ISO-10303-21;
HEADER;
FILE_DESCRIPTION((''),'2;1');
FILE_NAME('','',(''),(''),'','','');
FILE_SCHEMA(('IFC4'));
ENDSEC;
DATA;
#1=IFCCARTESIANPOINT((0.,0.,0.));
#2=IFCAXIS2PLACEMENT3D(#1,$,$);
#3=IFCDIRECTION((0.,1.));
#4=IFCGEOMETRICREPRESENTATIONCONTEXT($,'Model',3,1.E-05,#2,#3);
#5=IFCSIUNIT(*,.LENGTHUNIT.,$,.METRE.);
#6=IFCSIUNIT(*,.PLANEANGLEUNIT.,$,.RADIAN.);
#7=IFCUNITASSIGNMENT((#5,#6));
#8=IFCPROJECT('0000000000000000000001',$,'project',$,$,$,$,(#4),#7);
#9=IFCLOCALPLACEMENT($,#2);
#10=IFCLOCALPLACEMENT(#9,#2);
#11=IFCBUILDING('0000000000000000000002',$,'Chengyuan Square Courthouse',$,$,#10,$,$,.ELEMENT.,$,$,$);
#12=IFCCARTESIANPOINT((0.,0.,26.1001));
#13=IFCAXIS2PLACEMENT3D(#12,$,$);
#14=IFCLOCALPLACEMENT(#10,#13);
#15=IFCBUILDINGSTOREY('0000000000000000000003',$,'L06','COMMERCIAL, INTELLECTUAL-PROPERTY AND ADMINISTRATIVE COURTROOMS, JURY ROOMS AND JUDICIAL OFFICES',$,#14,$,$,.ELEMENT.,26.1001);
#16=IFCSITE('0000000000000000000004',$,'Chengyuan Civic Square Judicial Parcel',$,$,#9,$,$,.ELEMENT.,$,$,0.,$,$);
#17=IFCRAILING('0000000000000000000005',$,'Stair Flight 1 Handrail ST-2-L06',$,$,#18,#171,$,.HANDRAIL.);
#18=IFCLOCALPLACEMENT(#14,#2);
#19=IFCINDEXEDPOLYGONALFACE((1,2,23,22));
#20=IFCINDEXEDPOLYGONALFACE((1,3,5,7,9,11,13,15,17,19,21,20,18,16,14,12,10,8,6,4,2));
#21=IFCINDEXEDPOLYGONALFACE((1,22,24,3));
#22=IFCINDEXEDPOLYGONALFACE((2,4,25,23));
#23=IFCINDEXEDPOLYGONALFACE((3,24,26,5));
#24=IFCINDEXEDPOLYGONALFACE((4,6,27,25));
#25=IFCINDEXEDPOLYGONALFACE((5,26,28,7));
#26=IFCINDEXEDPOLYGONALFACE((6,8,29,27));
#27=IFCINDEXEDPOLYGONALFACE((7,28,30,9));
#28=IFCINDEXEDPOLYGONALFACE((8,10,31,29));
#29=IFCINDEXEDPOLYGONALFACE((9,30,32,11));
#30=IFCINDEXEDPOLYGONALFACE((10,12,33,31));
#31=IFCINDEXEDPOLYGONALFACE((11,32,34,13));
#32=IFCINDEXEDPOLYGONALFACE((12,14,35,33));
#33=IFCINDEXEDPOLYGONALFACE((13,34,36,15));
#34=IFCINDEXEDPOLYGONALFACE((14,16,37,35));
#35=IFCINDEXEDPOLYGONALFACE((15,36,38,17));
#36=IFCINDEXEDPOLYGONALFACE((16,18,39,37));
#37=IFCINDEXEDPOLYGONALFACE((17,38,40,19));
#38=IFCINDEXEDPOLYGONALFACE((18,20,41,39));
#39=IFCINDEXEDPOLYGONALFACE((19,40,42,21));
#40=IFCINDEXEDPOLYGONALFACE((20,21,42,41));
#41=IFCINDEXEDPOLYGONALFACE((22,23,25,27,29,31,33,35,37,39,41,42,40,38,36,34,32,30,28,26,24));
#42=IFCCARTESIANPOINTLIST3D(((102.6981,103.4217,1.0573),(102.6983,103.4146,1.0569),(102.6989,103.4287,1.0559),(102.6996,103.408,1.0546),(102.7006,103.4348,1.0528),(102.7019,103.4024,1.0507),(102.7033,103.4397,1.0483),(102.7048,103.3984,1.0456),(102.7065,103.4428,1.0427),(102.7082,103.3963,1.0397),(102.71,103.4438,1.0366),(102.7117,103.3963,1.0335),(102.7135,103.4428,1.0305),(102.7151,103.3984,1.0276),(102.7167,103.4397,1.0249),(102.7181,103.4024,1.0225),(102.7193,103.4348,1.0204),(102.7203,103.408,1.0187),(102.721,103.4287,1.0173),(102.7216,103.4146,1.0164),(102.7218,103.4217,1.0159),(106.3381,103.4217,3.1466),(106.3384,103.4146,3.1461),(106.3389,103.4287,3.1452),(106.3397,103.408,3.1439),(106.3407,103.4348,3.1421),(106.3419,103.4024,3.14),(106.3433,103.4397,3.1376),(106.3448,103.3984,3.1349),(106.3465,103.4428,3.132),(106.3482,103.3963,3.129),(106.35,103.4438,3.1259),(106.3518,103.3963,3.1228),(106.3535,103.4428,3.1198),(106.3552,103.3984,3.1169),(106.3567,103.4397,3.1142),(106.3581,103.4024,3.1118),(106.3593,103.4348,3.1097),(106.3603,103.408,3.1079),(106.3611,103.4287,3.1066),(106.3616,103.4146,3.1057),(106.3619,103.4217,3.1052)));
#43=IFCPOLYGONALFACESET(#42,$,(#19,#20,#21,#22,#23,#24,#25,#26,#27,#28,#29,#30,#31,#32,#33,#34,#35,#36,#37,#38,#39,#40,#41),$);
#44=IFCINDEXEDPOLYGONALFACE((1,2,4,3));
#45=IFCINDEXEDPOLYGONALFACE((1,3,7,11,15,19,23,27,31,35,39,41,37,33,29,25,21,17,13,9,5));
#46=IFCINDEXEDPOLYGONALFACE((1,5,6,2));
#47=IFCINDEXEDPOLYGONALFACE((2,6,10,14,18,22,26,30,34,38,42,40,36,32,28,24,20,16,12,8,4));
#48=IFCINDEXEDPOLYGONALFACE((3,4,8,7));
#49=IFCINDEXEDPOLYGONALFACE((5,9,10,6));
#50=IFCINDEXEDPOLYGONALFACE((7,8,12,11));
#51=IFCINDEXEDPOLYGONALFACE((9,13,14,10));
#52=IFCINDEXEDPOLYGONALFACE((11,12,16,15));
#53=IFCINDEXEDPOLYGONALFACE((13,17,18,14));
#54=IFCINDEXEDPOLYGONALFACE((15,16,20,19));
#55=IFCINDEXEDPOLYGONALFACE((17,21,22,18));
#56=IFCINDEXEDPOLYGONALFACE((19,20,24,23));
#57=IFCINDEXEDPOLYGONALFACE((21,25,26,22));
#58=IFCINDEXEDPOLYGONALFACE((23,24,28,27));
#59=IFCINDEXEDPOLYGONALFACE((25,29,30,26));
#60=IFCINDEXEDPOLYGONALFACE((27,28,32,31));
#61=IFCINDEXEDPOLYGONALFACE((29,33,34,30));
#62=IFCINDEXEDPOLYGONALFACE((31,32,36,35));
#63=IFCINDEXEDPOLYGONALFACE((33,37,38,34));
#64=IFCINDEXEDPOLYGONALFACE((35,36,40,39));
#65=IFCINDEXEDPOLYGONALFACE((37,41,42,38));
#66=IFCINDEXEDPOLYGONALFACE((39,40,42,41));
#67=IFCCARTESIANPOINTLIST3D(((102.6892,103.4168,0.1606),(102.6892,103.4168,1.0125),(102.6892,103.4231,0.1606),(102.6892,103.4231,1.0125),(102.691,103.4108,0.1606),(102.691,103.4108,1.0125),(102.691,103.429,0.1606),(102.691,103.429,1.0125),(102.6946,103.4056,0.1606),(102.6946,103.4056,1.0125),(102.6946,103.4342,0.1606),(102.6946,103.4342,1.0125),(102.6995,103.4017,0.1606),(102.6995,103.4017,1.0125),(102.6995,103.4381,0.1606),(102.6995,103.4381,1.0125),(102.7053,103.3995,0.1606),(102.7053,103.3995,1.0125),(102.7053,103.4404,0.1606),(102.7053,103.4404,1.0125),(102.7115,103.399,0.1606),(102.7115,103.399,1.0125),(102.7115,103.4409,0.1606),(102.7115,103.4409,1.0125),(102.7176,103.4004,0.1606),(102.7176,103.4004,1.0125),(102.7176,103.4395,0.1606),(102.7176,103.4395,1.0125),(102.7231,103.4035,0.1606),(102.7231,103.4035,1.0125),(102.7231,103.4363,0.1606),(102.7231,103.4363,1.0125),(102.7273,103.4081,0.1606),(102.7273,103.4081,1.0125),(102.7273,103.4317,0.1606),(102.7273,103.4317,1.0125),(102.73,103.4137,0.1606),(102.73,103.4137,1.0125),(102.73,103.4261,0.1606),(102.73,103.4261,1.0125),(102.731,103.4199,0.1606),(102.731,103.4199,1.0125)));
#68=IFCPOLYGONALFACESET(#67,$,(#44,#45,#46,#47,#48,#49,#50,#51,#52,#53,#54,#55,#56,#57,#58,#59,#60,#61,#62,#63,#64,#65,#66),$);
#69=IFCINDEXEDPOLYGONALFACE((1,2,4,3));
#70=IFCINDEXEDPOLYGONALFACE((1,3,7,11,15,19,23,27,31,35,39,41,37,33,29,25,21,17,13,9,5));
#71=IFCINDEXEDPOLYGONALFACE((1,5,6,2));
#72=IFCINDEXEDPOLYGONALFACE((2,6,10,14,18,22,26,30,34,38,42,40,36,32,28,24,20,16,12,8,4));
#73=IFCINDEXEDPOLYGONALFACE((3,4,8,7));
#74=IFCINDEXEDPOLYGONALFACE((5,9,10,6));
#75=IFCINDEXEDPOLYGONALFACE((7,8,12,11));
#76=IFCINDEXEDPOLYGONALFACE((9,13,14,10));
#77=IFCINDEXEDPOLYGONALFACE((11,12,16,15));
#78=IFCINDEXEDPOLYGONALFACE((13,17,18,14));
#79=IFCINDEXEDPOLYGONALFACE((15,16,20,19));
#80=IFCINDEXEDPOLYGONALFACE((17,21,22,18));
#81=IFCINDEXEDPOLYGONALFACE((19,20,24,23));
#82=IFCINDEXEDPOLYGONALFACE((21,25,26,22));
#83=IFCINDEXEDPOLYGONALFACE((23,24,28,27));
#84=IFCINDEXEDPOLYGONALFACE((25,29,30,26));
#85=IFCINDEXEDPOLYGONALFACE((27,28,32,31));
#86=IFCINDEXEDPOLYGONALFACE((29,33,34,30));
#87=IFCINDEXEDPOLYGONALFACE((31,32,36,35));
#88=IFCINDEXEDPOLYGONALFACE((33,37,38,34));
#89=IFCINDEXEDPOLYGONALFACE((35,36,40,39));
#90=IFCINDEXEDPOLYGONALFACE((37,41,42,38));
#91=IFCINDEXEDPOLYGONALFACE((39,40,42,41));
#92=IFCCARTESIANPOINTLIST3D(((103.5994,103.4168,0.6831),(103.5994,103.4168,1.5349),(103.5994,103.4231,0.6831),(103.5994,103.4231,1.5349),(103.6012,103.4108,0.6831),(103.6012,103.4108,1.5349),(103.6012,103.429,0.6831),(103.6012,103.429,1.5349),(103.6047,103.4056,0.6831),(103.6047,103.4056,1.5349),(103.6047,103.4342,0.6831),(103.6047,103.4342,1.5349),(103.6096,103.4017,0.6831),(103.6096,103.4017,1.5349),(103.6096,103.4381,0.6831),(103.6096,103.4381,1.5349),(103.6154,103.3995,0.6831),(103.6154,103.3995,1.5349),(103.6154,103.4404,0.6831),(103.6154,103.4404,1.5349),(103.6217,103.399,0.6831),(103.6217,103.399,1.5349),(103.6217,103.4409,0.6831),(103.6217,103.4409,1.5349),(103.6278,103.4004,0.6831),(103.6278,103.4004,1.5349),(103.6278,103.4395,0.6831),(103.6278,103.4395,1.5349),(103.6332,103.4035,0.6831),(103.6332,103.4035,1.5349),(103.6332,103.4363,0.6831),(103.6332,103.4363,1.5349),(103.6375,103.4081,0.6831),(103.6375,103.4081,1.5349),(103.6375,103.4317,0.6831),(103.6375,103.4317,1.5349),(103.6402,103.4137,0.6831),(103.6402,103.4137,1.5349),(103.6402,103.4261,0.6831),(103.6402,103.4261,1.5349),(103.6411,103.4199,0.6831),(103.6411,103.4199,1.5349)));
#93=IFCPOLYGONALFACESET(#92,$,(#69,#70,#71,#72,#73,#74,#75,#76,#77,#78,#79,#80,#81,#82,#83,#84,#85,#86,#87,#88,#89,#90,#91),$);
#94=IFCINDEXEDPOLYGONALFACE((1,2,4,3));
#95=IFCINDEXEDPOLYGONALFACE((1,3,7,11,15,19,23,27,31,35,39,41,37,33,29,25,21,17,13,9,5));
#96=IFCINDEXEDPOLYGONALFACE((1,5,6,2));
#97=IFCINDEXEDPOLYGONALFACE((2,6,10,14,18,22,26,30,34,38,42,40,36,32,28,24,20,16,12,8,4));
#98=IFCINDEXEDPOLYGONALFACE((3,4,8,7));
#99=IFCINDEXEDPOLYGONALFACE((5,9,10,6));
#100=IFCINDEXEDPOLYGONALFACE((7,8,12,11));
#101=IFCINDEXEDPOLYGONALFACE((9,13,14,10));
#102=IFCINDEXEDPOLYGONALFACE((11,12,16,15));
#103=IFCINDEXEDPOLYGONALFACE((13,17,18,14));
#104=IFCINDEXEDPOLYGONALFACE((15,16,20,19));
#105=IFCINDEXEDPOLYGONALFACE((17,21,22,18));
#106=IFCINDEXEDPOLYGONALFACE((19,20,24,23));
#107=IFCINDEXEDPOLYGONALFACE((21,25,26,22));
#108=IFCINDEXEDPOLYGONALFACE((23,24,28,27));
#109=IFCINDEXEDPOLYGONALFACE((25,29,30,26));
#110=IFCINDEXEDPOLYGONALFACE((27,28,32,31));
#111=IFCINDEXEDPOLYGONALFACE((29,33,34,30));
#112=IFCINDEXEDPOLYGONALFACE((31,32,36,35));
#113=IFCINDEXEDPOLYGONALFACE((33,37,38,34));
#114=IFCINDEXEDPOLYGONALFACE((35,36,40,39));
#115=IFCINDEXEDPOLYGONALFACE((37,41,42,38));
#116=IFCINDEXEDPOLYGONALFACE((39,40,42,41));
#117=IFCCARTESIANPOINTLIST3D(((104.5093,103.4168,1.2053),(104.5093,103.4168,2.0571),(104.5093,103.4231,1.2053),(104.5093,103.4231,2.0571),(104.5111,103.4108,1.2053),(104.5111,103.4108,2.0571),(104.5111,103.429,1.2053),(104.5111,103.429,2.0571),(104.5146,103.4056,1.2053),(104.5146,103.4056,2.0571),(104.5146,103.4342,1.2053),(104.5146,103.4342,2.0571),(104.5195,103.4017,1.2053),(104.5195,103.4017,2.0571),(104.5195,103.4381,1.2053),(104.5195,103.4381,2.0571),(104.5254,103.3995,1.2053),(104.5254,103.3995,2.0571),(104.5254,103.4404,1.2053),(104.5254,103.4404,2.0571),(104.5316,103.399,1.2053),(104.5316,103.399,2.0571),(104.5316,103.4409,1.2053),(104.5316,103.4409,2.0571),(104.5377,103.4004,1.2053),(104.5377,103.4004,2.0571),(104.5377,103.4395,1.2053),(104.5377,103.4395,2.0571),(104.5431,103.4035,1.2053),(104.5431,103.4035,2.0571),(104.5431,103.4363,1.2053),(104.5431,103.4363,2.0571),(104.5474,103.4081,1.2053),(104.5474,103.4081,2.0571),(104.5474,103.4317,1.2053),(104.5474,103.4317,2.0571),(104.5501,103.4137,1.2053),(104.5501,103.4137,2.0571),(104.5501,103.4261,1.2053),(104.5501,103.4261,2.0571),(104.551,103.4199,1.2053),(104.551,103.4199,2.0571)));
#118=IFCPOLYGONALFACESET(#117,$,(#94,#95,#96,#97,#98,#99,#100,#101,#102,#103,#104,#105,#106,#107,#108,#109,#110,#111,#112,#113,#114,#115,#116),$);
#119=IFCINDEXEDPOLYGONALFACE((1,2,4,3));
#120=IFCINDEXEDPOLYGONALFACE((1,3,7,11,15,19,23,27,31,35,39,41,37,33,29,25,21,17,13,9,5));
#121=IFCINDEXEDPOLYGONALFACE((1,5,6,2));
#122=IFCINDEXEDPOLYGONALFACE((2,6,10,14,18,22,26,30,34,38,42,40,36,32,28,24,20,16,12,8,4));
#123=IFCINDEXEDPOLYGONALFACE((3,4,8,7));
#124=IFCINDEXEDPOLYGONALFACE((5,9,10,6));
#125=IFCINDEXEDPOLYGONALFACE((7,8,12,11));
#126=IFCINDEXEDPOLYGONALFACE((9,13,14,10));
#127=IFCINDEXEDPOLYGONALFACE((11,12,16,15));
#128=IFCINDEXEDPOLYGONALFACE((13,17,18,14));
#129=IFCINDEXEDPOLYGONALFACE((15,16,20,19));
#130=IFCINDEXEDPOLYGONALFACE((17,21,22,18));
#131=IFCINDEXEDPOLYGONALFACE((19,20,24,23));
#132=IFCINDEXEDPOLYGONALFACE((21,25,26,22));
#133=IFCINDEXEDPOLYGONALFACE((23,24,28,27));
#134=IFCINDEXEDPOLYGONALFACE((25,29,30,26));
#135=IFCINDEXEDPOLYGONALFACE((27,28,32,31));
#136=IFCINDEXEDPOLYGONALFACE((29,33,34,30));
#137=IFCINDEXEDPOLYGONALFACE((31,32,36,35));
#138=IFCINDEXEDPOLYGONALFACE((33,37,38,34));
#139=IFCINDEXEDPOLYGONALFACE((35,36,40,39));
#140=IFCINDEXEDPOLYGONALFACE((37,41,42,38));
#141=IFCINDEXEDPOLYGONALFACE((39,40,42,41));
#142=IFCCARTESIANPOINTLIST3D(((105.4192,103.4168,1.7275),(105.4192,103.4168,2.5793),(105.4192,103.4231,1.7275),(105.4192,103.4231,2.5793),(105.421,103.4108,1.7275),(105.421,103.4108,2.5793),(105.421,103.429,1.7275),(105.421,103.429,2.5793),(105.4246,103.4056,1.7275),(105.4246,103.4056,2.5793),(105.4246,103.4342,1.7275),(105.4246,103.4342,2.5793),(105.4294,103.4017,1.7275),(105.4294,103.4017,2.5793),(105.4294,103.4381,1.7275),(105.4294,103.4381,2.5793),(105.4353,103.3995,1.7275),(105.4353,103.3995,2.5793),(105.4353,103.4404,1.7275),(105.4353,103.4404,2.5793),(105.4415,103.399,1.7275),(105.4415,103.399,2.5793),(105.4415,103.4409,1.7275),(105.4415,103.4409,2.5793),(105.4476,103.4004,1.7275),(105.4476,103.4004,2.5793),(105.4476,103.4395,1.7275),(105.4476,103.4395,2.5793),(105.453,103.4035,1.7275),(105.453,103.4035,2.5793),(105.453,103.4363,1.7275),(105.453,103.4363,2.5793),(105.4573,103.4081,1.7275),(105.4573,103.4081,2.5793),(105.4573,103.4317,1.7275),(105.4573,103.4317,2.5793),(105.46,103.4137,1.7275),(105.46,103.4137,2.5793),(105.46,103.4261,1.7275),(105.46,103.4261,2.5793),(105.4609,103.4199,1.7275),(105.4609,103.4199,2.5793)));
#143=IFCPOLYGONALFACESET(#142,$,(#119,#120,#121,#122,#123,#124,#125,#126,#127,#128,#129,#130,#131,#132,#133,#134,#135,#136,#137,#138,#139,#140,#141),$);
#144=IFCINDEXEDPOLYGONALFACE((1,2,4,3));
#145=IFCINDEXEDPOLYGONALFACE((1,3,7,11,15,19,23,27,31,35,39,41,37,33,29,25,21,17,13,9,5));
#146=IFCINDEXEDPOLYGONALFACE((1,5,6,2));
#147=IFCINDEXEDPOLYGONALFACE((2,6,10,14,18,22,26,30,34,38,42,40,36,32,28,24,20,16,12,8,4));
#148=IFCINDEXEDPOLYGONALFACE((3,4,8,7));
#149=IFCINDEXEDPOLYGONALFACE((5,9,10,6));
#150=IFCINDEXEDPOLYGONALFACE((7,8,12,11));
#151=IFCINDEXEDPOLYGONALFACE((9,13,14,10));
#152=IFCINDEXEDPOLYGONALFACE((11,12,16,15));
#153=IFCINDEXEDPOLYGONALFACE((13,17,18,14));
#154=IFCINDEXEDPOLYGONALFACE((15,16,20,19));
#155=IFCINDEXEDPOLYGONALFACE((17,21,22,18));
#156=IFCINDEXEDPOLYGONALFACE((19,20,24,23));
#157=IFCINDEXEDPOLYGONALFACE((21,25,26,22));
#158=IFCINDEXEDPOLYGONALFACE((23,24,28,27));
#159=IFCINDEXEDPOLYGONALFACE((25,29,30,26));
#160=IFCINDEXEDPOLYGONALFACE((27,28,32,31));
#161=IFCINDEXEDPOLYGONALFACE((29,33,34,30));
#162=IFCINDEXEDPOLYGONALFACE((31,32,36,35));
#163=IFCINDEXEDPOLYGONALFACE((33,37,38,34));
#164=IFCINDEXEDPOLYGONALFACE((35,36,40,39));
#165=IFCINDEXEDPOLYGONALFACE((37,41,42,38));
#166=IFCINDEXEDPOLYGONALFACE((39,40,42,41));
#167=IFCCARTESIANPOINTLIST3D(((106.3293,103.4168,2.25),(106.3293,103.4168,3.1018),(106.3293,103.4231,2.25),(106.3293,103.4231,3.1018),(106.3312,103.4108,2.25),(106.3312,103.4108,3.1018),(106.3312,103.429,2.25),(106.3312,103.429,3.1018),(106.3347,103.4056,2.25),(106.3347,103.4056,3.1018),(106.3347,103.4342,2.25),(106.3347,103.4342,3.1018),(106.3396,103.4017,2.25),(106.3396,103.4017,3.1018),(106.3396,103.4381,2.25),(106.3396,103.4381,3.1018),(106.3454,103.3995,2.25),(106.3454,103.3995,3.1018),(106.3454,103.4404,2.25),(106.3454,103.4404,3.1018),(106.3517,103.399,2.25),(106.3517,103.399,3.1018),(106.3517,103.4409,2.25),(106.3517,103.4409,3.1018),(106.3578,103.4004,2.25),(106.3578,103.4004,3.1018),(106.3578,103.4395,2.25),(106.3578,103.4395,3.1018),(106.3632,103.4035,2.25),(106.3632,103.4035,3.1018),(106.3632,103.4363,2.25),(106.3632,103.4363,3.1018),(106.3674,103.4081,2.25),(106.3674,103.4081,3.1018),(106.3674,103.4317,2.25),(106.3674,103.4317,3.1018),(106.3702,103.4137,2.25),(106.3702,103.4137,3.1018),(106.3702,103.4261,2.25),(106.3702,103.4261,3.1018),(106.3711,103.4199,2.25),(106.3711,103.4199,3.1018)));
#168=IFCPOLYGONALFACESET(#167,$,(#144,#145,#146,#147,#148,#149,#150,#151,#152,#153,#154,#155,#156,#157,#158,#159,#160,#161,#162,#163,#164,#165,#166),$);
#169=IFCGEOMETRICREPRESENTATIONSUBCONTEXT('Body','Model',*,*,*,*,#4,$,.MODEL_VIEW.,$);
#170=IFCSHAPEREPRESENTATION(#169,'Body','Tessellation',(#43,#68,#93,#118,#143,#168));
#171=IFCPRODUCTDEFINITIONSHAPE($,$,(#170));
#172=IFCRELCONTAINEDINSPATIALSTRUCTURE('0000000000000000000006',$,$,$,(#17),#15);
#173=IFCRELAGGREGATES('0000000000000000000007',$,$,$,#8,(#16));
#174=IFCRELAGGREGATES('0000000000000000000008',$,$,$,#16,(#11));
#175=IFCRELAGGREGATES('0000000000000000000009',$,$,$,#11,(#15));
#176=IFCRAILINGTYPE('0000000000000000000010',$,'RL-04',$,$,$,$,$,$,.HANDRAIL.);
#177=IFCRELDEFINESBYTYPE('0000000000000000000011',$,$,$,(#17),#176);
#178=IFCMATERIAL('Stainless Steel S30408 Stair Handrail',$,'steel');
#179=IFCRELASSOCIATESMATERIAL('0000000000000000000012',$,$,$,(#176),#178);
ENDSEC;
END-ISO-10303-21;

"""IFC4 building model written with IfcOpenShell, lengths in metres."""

from ifc_helpers import new_model, si_unit, direction, frame, origin, origin_2d, place, context, subcontext, project, spatial, circle, extrude, material, type_object, element, save


model = new_model("IFC4")

# Units and contexts
model_context = context("Model", 3, precision=1e-05, world=origin(), true_north=direction((0.0, 1.0)))
body_context = subcontext(model_context, "Body", "Model", "MODEL_VIEW")
ifc_project = project(units=[si_unit("LENGTHUNIT", "METRE"), si_unit("PLANEANGLEUNIT", "RADIAN")], contexts=[model_context])

# Site, building, storey
site_placement = place(None, origin())
site = spatial("IfcSite", under=ifc_project, at=site_placement, Name="Chengyuan Civic Square Judicial Parcel", CompositionType="ELEMENT", RefElevation=0.0)
building_placement = place(site_placement, origin())
building = spatial("IfcBuilding", under=site, at=building_placement, Name="Chengyuan Square Courthouse", CompositionType="ELEMENT")
storey_placement = place(building_placement, frame((0.0, 0.0, 26.1001)))
storey = spatial("IfcBuildingStorey", under=building, at=storey_placement, Name="L06", Description="COMMERCIAL, INTELLECTUAL-PROPERTY AND ADMINISTRATIVE COURTROOMS, JURY ROOMS AND JUDICIAL OFFICES", CompositionType="ELEMENT", Elevation=26.1001)

# Railing
ifc_material_1 = material(Name="Stainless Steel S30408 Stair Handrail", Category="steel")
railing_type_1 = type_object("IfcRailingType", Name="RL-04", PredefinedType="HANDRAIL", material=ifc_material_1)
railing_1_placement = place(storey_placement, frame((102.71, 103.4199, 0.1606)))
element("IfcRailing", 1, at=railing_1_placement, inside=storey, type_object=railing_type_1, Name="Stair Flight 1 Handrail ST-2-L06", PredefinedType="HANDRAIL", context=body_context, shape_type="SweptSolid", body=[
    extrude(circle(Radius=0.0239, at=origin_2d()), frame((0.0, 0.0, 0.876), z_axis=(0.867289, 0.0, 0.497804), x_axis=(0.0, 1.0, 0.0)), (0.0, 0.0, 1.0), 4.197),
    extrude(circle(Radius=0.021, at=origin_2d()), origin(), (0.0, 0.0, 1.0), 0.8518),
    extrude(circle(Radius=0.021, at=origin_2d()), frame((0.9102, 0.0, 0.5225)), (0.0, 0.0, 1.0), 0.8518),
    extrude(circle(Radius=0.021, at=origin_2d()), frame((1.8201, 0.0, 1.0447)), (0.0, 0.0, 1.0), 0.8518),
    extrude(circle(Radius=0.021, at=origin_2d()), frame((2.73, 0.0, 1.5669)), (0.0, 0.0, 1.0), 0.8518),
    extrude(circle(Radius=0.021, at=origin_2d()), frame((3.6401, 0.0, 2.0894)), (0.0, 0.0, 1.0), 0.8518),
])

save(model, "model.ifc")
